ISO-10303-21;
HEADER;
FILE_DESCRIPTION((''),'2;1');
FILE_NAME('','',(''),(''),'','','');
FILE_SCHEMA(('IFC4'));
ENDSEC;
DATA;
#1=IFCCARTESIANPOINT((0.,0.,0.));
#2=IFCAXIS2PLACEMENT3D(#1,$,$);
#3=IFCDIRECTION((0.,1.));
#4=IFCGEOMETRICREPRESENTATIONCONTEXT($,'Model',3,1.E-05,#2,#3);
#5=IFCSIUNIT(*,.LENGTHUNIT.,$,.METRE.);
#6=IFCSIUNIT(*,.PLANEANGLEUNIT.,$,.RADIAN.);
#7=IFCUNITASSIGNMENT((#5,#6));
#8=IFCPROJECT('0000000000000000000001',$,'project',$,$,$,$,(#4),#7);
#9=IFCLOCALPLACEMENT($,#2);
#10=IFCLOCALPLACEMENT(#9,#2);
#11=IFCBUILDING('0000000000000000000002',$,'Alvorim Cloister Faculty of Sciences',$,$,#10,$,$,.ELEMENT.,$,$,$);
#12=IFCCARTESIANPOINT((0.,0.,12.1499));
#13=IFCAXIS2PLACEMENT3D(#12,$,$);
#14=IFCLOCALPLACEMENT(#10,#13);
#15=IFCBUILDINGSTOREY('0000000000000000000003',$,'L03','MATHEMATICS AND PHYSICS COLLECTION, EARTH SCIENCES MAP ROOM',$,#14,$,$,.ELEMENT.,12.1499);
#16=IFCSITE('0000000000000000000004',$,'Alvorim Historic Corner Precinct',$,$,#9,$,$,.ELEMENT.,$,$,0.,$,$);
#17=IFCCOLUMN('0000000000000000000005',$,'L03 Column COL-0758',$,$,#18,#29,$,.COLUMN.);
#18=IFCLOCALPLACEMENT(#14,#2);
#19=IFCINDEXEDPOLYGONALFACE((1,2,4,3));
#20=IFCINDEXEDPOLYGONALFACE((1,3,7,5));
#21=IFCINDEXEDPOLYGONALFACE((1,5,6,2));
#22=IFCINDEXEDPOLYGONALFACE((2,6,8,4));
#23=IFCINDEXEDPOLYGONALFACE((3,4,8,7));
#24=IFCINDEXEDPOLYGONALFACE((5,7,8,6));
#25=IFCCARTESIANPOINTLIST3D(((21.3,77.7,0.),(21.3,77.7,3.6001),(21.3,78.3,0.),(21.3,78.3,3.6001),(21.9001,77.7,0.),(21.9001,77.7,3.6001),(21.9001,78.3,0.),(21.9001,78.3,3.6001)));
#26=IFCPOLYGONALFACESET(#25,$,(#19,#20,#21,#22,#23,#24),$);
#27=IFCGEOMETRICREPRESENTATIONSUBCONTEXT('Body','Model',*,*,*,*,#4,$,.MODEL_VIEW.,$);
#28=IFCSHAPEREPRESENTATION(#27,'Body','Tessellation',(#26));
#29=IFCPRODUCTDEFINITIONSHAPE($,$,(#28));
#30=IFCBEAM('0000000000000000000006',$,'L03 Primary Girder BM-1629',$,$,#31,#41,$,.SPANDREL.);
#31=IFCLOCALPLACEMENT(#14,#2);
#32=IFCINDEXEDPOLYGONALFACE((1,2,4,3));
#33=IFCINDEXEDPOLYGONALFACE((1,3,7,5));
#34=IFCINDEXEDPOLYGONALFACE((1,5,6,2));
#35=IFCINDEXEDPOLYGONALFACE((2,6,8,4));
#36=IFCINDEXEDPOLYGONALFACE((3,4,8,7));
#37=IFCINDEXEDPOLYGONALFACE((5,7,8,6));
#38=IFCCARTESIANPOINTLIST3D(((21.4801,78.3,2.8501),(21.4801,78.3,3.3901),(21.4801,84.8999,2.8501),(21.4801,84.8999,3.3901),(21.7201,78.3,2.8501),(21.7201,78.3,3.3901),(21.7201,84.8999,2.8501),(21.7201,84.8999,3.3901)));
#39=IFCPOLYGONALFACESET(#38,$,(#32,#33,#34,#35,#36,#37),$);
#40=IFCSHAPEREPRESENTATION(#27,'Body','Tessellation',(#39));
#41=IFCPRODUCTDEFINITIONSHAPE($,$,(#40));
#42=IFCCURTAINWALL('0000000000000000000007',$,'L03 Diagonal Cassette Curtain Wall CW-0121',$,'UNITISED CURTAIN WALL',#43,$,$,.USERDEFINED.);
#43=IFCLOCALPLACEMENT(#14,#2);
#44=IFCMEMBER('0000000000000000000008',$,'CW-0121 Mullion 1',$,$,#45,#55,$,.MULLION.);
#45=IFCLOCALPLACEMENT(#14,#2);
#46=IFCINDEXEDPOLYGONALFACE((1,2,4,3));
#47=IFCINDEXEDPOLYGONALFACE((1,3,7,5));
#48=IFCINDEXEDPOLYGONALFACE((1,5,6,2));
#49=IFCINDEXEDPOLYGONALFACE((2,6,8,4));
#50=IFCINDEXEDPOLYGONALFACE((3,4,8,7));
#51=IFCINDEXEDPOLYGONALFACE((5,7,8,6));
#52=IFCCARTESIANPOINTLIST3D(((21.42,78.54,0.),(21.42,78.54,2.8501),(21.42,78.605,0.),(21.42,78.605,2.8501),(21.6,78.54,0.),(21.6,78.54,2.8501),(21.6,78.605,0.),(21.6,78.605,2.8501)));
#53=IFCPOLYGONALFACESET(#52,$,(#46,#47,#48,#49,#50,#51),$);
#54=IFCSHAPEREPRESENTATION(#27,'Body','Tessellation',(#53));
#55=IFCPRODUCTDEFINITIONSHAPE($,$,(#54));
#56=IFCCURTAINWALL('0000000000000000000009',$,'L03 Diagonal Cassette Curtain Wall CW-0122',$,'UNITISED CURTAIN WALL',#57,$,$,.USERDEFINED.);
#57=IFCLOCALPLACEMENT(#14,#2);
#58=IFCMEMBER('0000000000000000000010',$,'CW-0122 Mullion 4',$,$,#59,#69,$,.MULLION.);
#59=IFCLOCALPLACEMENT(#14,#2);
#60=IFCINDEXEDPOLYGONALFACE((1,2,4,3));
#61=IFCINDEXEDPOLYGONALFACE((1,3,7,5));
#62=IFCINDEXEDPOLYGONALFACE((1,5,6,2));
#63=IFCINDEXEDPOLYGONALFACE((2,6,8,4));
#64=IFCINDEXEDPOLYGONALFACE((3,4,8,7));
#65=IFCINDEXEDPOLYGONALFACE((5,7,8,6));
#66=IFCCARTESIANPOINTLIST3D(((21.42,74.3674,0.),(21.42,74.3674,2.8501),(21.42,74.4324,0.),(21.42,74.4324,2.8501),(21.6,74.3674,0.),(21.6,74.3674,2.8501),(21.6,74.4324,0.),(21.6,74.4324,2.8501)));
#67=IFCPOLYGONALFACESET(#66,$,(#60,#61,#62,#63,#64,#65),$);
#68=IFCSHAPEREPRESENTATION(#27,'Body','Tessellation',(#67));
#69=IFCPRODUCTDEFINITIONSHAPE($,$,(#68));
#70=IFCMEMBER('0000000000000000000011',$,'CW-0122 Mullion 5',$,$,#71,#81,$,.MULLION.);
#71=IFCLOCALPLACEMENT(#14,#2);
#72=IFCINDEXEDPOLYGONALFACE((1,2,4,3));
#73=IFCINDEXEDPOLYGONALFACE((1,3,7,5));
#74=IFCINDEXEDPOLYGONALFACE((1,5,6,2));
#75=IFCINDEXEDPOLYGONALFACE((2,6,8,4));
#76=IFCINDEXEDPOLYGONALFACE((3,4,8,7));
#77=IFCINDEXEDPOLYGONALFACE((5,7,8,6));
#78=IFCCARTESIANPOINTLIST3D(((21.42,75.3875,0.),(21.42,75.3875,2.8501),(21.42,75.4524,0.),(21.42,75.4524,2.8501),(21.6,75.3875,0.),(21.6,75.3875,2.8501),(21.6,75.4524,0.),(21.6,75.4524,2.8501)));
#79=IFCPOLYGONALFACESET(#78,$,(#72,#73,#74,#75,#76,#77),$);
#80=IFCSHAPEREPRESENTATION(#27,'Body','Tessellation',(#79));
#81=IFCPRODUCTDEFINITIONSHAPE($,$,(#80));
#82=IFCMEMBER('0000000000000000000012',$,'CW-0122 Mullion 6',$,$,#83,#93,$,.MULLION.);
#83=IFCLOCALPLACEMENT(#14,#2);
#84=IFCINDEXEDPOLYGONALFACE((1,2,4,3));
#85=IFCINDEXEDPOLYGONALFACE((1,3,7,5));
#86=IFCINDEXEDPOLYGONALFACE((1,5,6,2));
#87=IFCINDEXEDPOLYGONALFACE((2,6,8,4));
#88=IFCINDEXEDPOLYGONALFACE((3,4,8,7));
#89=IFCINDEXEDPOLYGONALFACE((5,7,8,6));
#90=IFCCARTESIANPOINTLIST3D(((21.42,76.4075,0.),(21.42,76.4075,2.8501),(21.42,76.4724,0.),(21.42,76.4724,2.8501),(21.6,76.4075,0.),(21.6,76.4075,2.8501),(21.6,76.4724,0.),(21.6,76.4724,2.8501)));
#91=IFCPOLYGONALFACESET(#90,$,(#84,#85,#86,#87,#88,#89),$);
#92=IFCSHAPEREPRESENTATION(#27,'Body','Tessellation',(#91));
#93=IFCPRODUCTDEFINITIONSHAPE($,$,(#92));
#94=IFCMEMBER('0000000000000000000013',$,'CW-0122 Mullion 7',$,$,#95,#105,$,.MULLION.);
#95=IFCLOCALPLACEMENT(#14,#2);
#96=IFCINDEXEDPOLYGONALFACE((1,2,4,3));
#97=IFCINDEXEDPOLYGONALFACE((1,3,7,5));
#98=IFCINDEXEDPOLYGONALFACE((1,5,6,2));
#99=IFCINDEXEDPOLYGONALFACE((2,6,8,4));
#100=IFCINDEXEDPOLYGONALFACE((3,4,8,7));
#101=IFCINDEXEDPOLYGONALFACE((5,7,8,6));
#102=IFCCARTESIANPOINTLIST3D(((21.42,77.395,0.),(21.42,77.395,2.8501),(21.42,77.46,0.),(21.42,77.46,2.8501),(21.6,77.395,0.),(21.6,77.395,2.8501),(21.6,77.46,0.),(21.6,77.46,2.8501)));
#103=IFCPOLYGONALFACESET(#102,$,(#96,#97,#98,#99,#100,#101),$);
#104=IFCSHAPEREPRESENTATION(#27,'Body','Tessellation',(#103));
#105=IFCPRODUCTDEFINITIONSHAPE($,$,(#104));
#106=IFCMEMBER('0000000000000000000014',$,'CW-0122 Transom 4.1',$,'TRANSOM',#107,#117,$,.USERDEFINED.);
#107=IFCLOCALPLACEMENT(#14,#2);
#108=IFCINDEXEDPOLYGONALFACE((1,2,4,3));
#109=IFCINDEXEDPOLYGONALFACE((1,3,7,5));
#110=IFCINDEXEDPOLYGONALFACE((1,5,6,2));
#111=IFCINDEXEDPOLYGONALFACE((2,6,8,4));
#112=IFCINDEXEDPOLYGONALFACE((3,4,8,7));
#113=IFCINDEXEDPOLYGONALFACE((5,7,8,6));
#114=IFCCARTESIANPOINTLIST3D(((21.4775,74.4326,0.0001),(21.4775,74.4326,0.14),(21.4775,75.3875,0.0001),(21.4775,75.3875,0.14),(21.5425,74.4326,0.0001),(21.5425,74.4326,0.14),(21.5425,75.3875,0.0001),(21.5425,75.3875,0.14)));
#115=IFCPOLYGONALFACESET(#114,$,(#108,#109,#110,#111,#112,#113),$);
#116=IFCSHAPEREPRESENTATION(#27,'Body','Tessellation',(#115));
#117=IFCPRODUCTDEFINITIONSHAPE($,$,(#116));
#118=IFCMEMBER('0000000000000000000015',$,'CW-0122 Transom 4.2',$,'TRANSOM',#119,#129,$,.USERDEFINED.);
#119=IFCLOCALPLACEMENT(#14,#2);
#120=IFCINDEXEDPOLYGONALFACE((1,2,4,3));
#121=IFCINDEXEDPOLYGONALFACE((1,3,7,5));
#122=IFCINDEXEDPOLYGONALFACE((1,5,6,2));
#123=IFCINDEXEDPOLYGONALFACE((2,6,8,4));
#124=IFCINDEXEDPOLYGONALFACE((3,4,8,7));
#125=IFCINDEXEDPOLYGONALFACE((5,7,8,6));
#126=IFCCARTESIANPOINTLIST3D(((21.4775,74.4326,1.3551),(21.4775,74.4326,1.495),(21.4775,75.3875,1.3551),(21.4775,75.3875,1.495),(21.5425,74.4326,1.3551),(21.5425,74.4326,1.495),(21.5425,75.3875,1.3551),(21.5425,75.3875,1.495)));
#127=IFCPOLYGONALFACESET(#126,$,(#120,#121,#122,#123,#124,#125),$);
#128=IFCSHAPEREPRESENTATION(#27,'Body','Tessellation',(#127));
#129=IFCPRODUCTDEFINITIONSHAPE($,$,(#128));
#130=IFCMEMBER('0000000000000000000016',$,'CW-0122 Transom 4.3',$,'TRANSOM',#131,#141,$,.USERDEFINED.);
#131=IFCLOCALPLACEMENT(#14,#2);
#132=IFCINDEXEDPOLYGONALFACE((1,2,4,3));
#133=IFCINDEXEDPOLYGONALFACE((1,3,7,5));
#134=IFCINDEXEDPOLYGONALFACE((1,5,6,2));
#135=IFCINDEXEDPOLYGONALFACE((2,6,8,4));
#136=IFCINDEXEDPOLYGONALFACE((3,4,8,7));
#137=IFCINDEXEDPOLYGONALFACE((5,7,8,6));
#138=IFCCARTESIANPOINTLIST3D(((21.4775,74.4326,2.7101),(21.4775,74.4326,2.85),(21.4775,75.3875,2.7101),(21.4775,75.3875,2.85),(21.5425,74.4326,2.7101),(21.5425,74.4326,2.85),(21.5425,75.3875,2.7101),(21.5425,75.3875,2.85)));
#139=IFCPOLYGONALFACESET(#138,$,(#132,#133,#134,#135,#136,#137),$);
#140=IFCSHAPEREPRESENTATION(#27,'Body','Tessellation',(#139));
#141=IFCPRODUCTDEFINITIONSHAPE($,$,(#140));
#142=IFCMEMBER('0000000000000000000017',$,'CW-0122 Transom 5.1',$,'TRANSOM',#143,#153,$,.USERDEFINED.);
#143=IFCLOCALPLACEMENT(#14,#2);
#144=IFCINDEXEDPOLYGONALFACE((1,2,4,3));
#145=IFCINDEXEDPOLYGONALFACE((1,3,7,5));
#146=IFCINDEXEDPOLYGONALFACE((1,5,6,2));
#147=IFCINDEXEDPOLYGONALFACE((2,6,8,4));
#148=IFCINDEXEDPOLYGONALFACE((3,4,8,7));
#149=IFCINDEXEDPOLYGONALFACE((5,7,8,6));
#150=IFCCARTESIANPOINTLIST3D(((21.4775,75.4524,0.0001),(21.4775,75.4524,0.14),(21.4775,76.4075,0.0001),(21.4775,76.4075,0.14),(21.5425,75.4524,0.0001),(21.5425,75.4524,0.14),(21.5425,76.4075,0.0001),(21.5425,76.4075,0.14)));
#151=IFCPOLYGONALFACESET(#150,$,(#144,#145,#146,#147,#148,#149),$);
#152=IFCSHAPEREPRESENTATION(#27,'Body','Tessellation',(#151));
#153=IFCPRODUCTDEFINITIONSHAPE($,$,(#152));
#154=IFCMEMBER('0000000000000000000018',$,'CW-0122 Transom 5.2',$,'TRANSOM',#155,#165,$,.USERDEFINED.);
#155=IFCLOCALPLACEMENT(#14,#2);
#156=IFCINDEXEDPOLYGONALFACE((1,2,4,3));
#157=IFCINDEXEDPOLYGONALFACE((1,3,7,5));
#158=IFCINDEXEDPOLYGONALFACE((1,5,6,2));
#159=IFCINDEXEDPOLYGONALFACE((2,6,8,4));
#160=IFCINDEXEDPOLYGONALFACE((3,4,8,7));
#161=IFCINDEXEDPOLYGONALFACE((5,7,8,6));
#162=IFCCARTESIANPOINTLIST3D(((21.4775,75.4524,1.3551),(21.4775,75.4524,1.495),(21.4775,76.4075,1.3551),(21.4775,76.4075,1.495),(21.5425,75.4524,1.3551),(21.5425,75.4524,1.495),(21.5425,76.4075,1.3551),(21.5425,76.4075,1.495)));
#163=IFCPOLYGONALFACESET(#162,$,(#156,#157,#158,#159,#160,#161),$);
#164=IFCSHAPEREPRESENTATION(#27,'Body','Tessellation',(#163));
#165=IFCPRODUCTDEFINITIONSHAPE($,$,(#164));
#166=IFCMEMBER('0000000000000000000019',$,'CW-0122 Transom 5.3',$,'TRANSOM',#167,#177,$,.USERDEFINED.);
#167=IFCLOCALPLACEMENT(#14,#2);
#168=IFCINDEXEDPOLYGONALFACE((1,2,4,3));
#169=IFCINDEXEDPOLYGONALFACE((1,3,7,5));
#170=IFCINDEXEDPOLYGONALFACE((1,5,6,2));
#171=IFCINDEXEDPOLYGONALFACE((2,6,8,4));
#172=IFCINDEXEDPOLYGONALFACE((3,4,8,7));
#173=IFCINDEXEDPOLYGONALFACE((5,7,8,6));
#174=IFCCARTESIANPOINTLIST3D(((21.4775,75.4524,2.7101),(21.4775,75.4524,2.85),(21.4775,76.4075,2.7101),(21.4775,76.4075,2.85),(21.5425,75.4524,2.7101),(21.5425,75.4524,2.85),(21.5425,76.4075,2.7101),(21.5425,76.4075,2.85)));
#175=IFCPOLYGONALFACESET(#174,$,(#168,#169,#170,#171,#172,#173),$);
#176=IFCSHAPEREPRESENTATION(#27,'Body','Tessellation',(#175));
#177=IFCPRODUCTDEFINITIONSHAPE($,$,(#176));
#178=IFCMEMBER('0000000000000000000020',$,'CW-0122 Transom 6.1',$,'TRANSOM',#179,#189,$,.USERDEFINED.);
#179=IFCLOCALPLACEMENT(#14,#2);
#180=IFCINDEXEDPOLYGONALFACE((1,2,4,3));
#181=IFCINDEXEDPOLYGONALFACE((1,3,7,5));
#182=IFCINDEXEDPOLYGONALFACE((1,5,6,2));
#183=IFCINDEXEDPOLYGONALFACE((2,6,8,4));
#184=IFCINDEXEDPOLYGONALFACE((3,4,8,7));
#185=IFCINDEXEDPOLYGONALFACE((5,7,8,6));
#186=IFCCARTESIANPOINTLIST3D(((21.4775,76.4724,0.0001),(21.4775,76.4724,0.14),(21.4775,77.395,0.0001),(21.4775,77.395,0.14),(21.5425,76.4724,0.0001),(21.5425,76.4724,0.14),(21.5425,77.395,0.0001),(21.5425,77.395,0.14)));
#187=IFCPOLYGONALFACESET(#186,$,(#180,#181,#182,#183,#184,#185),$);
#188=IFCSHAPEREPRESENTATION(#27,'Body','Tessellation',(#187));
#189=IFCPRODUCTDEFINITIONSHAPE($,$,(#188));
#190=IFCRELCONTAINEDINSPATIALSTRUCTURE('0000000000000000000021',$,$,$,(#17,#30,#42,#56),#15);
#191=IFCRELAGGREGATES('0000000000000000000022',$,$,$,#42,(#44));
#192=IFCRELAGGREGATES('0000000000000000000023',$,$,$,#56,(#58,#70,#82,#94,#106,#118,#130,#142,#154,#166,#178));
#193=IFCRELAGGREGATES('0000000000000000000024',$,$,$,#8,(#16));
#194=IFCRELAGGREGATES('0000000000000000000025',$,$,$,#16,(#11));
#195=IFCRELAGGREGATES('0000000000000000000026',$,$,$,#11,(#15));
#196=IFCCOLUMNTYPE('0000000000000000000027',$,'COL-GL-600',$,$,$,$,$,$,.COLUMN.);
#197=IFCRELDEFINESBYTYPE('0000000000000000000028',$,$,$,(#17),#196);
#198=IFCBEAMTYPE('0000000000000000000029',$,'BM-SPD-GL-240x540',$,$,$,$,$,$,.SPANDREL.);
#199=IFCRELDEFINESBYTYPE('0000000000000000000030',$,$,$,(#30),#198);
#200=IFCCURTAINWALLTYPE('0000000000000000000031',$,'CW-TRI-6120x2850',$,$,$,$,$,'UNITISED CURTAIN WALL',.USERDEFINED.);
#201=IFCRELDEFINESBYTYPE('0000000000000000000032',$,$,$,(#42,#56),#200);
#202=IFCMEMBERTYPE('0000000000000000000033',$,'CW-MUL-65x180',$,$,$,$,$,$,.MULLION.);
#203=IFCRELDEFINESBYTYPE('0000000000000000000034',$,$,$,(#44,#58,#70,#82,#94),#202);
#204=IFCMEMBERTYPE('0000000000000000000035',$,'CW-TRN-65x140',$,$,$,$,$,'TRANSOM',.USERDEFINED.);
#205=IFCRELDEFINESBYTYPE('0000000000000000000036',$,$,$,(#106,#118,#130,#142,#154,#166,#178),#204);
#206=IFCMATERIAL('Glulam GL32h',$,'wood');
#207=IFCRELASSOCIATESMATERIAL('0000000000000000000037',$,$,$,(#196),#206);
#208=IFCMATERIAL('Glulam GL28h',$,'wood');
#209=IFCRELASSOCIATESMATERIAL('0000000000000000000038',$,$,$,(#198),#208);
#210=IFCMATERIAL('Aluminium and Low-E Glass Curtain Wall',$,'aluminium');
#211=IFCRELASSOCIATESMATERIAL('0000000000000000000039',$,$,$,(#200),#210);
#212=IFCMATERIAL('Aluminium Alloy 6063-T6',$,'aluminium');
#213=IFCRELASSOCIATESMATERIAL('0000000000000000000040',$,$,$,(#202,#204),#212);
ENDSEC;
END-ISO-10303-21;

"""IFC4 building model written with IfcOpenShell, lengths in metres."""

from ifc_helpers import new_model, si_unit, direction, frame, origin, origin_2d, place, context, subcontext, project, spatial, rectangle, extrude, material, material_profile, profile_set, type_object, element, aggregate, save


model = new_model("IFC4")

# Units and contexts
model_context = context("Model", 3, precision=1e-05, world=origin(), true_north=direction((0.0, 1.0)))
body_context = subcontext(model_context, "Body", "Model", "MODEL_VIEW")
ifc_project = project(units=[si_unit("LENGTHUNIT", "METRE"), si_unit("PLANEANGLEUNIT", "RADIAN")], contexts=[model_context])

# Site, building, storey
site_placement = place(None, origin())
site = spatial("IfcSite", under=ifc_project, at=site_placement, Name="Alvorim Historic Corner Precinct", CompositionType="ELEMENT", RefElevation=0.0)
building_placement = place(site_placement, origin())
building = spatial("IfcBuilding", under=site, at=building_placement, Name="Alvorim Cloister Faculty of Sciences", CompositionType="ELEMENT")
storey_placement = place(building_placement, frame((0.0, 0.0, 12.1499)))
storey = spatial("IfcBuildingStorey", under=building, at=storey_placement, Name="L03", Description="MATHEMATICS AND PHYSICS COLLECTION, EARTH SCIENCES MAP ROOM", CompositionType="ELEMENT", Elevation=12.1499)

# Column
ifc_material_1 = material(Name="Glulam GL32h", Category="wood")
ifc_material_profile_1 = material_profile(ifc_material_1, rectangle(XDim=0.6001, YDim=0.6001, at=origin_2d()), Name="GL32-COL-600x600")
ifc_profile_set_1 = profile_set([ifc_material_profile_1], Name="Glulam GL32h")
column_type = type_object("IfcColumnType", Name="COL-GL-600", PredefinedType="COLUMN", material=ifc_profile_set_1)
column_placement = place(storey_placement, frame((21.6001, 78.0, 0.0), z_axis=(0.0, 0.0, 1.0), x_axis=(1.0, 0.0, 0.0)))
element("IfcColumn", 1, at=column_placement, inside=storey, type_object=column_type, Name="L03 Column COL-0758", PredefinedType="COLUMN", context=body_context, shape_type="SweptSolid", body=[
    extrude(rectangle(XDim=0.6001, YDim=0.6001, at=origin_2d()), origin(), (0.0, 0.0, 1.0), 3.6001),
])

# Beam
ifc_material_2 = material(Name="Glulam GL28h", Category="wood")
ifc_material_profile_2 = material_profile(ifc_material_2, rectangle(XDim=0.24, YDim=0.54, at=origin_2d()), Name="GL28-SPD-240x540")
ifc_profile_set_2 = profile_set([ifc_material_profile_2], Name="Glulam GL28h")
beam_type = type_object("IfcBeamType", Name="BM-SPD-GL-240x540", PredefinedType="SPANDREL", material=ifc_profile_set_2)
beam_placement = place(storey_placement, frame((21.6001, 78.3, 3.1201), z_axis=(0.0, 1.0, 0.0), x_axis=(-1.0, 0.0, 0.0)))
element("IfcBeam", 2, at=beam_placement, inside=storey, type_object=beam_type, Name="L03 Primary Girder BM-1629", PredefinedType="SPANDREL", context=body_context, shape_type="SweptSolid", body=[
    extrude(rectangle(XDim=0.24, YDim=0.54, at=origin_2d()), origin(), (0.0, 0.0, 1.0), 6.5999),
])

# Curtain wall, member
ifc_material_3 = material(Name="Aluminium and Low-E Glass Curtain Wall", Category="aluminium")
curtain_wall_type = type_object("IfcCurtainWallType", Name="CW-TRI-6120x2850", ElementType="UNITISED CURTAIN WALL", PredefinedType="USERDEFINED", material=ifc_material_3)
curtain_wall_1_placement = place(storey_placement, origin())
curtain_wall_1 = element("IfcCurtainWall", 3, at=curtain_wall_1_placement, inside=storey, type_object=curtain_wall_type, Name="L03 Diagonal Cassette Curtain Wall CW-0121", ObjectType="UNITISED CURTAIN WALL", PredefinedType="USERDEFINED")
ifc_material_4 = material(Name="Aluminium Alloy 6063-T6", Category="aluminium")
ifc_material_profile_3 = material_profile(ifc_material_4, rectangle(XDim=0.0649, YDim=0.1799, at=origin_2d()), Name="ALU-MUL-65x180")
ifc_profile_set_3 = profile_set([ifc_material_profile_3], Name="Aluminium Alloy 6063-T6")
member_type_1 = type_object("IfcMemberType", Name="CW-MUL-65x180", PredefinedType="MULLION", material=ifc_profile_set_3)
member_1_placement = place(storey_placement, frame((21.51, 78.5725, 0.0), z_axis=(0.0, 0.0, 1.0), x_axis=(0.0, 1.0, 0.0)))
member_1 = element("IfcMember", 4, at=member_1_placement, type_object=member_type_1, Name="CW-0121 Mullion 1", PredefinedType="MULLION", context=body_context, shape_type="SweptSolid", body=[
    extrude(rectangle(XDim=0.0649, YDim=0.1799, at=origin_2d()), origin(), (0.0, 0.0, 1.0), 2.8501),
])
aggregate(curtain_wall_1, [member_1])

# Curtain wall, members
curtain_wall_2_placement = place(storey_placement, origin())
curtain_wall_2 = element("IfcCurtainWall", 5, at=curtain_wall_2_placement, inside=storey, type_object=curtain_wall_type, Name="L03 Diagonal Cassette Curtain Wall CW-0122", ObjectType="UNITISED CURTAIN WALL", PredefinedType="USERDEFINED")
member_2_placement = place(storey_placement, frame((21.51, 74.3999, 0.0), z_axis=(0.0, 0.0, 1.0), x_axis=(0.0, 1.0, 0.0)))
member_2 = element("IfcMember", 6, at=member_2_placement, type_object=member_type_1, Name="CW-0122 Mullion 4", PredefinedType="MULLION", context=body_context, shape_type="SweptSolid", body=[
    extrude(rectangle(XDim=0.0649, YDim=0.1799, at=origin_2d()), origin(), (0.0, 0.0, 1.0), 2.8501),
])
member_3_placement = place(storey_placement, frame((21.51, 75.4199, 0.0), z_axis=(0.0, 0.0, 1.0), x_axis=(0.0, 1.0, 0.0)))
member_3 = element("IfcMember", 7, at=member_3_placement, type_object=member_type_1, Name="CW-0122 Mullion 5", PredefinedType="MULLION", context=body_context, shape_type="SweptSolid", body=[
    extrude(rectangle(XDim=0.0649, YDim=0.1799, at=origin_2d()), origin(), (0.0, 0.0, 1.0), 2.8501),
])
member_4_placement = place(storey_placement, frame((21.51, 76.4399, 0.0), z_axis=(0.0, 0.0, 1.0), x_axis=(0.0, 1.0, 0.0)))
member_4 = element("IfcMember", 8, at=member_4_placement, type_object=member_type_1, Name="CW-0122 Mullion 6", PredefinedType="MULLION", context=body_context, shape_type="SweptSolid", body=[
    extrude(rectangle(XDim=0.0649, YDim=0.1799, at=origin_2d()), origin(), (0.0, 0.0, 1.0), 2.8501),
])
member_5_placement = place(storey_placement, frame((21.51, 77.4275, 0.0), z_axis=(0.0, 0.0, 1.0), x_axis=(0.0, 1.0, 0.0)))
member_5 = element("IfcMember", 9, at=member_5_placement, type_object=member_type_1, Name="CW-0122 Mullion 7", PredefinedType="MULLION", context=body_context, shape_type="SweptSolid", body=[
    extrude(rectangle(XDim=0.0649, YDim=0.1799, at=origin_2d()), origin(), (0.0, 0.0, 1.0), 2.8501),
])
ifc_material_profile_4 = material_profile(ifc_material_4, rectangle(XDim=0.0649, YDim=0.1399, at=origin_2d()), Name="ALU-TRN-65x140")
ifc_profile_set_4 = profile_set([ifc_material_profile_4], Name="Aluminium Alloy 6063-T6")
member_type_2 = type_object("IfcMemberType", Name="CW-TRN-65x140", ElementType="TRANSOM", PredefinedType="USERDEFINED", material=ifc_profile_set_4)
member_6_placement = place(storey_placement, frame((21.51, 74.4326, 0.0701), z_axis=(0.0, 1.0, 0.0), x_axis=(-1.0, 0.0, 0.0)))
member_6 = element("IfcMember", 10, at=member_6_placement, type_object=member_type_2, Name="CW-0122 Transom 4.1", ObjectType="TRANSOM", PredefinedType="USERDEFINED", context=body_context, shape_type="SweptSolid", body=[
    extrude(rectangle(XDim=0.0649, YDim=0.1399, at=origin_2d()), origin(), (0.0, 0.0, 1.0), 0.9548),
])
member_7_placement = place(storey_placement, frame((21.51, 74.4326, 1.425), z_axis=(0.0, 1.0, 0.0), x_axis=(-1.0, 0.0, 0.0)))
member_7 = element("IfcMember", 11, at=member_7_placement, type_object=member_type_2, Name="CW-0122 Transom 4.2", ObjectType="TRANSOM", PredefinedType="USERDEFINED", context=body_context, shape_type="SweptSolid", body=[
    extrude(rectangle(XDim=0.0649, YDim=0.1399, at=origin_2d()), origin(), (0.0, 0.0, 1.0), 0.9548),
])
member_8_placement = place(storey_placement, frame((21.51, 74.4326, 2.78), z_axis=(0.0, 1.0, 0.0), x_axis=(-1.0, 0.0, 0.0)))
member_8 = element("IfcMember", 12, at=member_8_placement, type_object=member_type_2, Name="CW-0122 Transom 4.3", ObjectType="TRANSOM", PredefinedType="USERDEFINED", context=body_context, shape_type="SweptSolid", body=[
    extrude(rectangle(XDim=0.0649, YDim=0.1399, at=origin_2d()), origin(), (0.0, 0.0, 1.0), 0.9548),
])
member_9_placement = place(storey_placement, frame((21.51, 75.4524, 0.0701), z_axis=(0.0, 1.0, 0.0), x_axis=(-1.0, 0.0, 0.0)))
member_9 = element("IfcMember", 13, at=member_9_placement, type_object=member_type_2, Name="CW-0122 Transom 5.1", ObjectType="TRANSOM", PredefinedType="USERDEFINED", context=body_context, shape_type="SweptSolid", body=[
    extrude(rectangle(XDim=0.0649, YDim=0.1399, at=origin_2d()), origin(), (0.0, 0.0, 1.0), 0.9551),
])
member_10_placement = place(storey_placement, frame((21.51, 75.4524, 1.425), z_axis=(0.0, 1.0, 0.0), x_axis=(-1.0, 0.0, 0.0)))
member_10 = element("IfcMember", 14, at=member_10_placement, type_object=member_type_2, Name="CW-0122 Transom 5.2", ObjectType="TRANSOM", PredefinedType="USERDEFINED", context=body_context, shape_type="SweptSolid", body=[
    extrude(rectangle(XDim=0.0649, YDim=0.1399, at=origin_2d()), origin(), (0.0, 0.0, 1.0), 0.9551),
])
member_11_placement = place(storey_placement, frame((21.51, 75.4524, 2.78), z_axis=(0.0, 1.0, 0.0), x_axis=(-1.0, 0.0, 0.0)))
member_11 = element("IfcMember", 15, at=member_11_placement, type_object=member_type_2, Name="CW-0122 Transom 5.3", ObjectType="TRANSOM", PredefinedType="USERDEFINED", context=body_context, shape_type="SweptSolid", body=[
    extrude(rectangle(XDim=0.0649, YDim=0.1399, at=origin_2d()), origin(), (0.0, 0.0, 1.0), 0.9551),
])
member_12_placement = place(storey_placement, frame((21.51, 76.4724, 0.0701), z_axis=(0.0, 1.0, 0.0), x_axis=(-1.0, 0.0, 0.0)))
member_12 = element("IfcMember", 16, at=member_12_placement, type_object=member_type_2, Name="CW-0122 Transom 6.1", ObjectType="TRANSOM", PredefinedType="USERDEFINED", context=body_context, shape_type="SweptSolid", body=[
    extrude(rectangle(XDim=0.0649, YDim=0.1399, at=origin_2d()), origin(), (0.0, 0.0, 1.0), 0.9226),
])
aggregate(curtain_wall_2, [member_2, member_3, member_4, member_5, member_6, member_7, member_8, member_9, member_10, member_11, member_12])

save(model, "model.ifc")
